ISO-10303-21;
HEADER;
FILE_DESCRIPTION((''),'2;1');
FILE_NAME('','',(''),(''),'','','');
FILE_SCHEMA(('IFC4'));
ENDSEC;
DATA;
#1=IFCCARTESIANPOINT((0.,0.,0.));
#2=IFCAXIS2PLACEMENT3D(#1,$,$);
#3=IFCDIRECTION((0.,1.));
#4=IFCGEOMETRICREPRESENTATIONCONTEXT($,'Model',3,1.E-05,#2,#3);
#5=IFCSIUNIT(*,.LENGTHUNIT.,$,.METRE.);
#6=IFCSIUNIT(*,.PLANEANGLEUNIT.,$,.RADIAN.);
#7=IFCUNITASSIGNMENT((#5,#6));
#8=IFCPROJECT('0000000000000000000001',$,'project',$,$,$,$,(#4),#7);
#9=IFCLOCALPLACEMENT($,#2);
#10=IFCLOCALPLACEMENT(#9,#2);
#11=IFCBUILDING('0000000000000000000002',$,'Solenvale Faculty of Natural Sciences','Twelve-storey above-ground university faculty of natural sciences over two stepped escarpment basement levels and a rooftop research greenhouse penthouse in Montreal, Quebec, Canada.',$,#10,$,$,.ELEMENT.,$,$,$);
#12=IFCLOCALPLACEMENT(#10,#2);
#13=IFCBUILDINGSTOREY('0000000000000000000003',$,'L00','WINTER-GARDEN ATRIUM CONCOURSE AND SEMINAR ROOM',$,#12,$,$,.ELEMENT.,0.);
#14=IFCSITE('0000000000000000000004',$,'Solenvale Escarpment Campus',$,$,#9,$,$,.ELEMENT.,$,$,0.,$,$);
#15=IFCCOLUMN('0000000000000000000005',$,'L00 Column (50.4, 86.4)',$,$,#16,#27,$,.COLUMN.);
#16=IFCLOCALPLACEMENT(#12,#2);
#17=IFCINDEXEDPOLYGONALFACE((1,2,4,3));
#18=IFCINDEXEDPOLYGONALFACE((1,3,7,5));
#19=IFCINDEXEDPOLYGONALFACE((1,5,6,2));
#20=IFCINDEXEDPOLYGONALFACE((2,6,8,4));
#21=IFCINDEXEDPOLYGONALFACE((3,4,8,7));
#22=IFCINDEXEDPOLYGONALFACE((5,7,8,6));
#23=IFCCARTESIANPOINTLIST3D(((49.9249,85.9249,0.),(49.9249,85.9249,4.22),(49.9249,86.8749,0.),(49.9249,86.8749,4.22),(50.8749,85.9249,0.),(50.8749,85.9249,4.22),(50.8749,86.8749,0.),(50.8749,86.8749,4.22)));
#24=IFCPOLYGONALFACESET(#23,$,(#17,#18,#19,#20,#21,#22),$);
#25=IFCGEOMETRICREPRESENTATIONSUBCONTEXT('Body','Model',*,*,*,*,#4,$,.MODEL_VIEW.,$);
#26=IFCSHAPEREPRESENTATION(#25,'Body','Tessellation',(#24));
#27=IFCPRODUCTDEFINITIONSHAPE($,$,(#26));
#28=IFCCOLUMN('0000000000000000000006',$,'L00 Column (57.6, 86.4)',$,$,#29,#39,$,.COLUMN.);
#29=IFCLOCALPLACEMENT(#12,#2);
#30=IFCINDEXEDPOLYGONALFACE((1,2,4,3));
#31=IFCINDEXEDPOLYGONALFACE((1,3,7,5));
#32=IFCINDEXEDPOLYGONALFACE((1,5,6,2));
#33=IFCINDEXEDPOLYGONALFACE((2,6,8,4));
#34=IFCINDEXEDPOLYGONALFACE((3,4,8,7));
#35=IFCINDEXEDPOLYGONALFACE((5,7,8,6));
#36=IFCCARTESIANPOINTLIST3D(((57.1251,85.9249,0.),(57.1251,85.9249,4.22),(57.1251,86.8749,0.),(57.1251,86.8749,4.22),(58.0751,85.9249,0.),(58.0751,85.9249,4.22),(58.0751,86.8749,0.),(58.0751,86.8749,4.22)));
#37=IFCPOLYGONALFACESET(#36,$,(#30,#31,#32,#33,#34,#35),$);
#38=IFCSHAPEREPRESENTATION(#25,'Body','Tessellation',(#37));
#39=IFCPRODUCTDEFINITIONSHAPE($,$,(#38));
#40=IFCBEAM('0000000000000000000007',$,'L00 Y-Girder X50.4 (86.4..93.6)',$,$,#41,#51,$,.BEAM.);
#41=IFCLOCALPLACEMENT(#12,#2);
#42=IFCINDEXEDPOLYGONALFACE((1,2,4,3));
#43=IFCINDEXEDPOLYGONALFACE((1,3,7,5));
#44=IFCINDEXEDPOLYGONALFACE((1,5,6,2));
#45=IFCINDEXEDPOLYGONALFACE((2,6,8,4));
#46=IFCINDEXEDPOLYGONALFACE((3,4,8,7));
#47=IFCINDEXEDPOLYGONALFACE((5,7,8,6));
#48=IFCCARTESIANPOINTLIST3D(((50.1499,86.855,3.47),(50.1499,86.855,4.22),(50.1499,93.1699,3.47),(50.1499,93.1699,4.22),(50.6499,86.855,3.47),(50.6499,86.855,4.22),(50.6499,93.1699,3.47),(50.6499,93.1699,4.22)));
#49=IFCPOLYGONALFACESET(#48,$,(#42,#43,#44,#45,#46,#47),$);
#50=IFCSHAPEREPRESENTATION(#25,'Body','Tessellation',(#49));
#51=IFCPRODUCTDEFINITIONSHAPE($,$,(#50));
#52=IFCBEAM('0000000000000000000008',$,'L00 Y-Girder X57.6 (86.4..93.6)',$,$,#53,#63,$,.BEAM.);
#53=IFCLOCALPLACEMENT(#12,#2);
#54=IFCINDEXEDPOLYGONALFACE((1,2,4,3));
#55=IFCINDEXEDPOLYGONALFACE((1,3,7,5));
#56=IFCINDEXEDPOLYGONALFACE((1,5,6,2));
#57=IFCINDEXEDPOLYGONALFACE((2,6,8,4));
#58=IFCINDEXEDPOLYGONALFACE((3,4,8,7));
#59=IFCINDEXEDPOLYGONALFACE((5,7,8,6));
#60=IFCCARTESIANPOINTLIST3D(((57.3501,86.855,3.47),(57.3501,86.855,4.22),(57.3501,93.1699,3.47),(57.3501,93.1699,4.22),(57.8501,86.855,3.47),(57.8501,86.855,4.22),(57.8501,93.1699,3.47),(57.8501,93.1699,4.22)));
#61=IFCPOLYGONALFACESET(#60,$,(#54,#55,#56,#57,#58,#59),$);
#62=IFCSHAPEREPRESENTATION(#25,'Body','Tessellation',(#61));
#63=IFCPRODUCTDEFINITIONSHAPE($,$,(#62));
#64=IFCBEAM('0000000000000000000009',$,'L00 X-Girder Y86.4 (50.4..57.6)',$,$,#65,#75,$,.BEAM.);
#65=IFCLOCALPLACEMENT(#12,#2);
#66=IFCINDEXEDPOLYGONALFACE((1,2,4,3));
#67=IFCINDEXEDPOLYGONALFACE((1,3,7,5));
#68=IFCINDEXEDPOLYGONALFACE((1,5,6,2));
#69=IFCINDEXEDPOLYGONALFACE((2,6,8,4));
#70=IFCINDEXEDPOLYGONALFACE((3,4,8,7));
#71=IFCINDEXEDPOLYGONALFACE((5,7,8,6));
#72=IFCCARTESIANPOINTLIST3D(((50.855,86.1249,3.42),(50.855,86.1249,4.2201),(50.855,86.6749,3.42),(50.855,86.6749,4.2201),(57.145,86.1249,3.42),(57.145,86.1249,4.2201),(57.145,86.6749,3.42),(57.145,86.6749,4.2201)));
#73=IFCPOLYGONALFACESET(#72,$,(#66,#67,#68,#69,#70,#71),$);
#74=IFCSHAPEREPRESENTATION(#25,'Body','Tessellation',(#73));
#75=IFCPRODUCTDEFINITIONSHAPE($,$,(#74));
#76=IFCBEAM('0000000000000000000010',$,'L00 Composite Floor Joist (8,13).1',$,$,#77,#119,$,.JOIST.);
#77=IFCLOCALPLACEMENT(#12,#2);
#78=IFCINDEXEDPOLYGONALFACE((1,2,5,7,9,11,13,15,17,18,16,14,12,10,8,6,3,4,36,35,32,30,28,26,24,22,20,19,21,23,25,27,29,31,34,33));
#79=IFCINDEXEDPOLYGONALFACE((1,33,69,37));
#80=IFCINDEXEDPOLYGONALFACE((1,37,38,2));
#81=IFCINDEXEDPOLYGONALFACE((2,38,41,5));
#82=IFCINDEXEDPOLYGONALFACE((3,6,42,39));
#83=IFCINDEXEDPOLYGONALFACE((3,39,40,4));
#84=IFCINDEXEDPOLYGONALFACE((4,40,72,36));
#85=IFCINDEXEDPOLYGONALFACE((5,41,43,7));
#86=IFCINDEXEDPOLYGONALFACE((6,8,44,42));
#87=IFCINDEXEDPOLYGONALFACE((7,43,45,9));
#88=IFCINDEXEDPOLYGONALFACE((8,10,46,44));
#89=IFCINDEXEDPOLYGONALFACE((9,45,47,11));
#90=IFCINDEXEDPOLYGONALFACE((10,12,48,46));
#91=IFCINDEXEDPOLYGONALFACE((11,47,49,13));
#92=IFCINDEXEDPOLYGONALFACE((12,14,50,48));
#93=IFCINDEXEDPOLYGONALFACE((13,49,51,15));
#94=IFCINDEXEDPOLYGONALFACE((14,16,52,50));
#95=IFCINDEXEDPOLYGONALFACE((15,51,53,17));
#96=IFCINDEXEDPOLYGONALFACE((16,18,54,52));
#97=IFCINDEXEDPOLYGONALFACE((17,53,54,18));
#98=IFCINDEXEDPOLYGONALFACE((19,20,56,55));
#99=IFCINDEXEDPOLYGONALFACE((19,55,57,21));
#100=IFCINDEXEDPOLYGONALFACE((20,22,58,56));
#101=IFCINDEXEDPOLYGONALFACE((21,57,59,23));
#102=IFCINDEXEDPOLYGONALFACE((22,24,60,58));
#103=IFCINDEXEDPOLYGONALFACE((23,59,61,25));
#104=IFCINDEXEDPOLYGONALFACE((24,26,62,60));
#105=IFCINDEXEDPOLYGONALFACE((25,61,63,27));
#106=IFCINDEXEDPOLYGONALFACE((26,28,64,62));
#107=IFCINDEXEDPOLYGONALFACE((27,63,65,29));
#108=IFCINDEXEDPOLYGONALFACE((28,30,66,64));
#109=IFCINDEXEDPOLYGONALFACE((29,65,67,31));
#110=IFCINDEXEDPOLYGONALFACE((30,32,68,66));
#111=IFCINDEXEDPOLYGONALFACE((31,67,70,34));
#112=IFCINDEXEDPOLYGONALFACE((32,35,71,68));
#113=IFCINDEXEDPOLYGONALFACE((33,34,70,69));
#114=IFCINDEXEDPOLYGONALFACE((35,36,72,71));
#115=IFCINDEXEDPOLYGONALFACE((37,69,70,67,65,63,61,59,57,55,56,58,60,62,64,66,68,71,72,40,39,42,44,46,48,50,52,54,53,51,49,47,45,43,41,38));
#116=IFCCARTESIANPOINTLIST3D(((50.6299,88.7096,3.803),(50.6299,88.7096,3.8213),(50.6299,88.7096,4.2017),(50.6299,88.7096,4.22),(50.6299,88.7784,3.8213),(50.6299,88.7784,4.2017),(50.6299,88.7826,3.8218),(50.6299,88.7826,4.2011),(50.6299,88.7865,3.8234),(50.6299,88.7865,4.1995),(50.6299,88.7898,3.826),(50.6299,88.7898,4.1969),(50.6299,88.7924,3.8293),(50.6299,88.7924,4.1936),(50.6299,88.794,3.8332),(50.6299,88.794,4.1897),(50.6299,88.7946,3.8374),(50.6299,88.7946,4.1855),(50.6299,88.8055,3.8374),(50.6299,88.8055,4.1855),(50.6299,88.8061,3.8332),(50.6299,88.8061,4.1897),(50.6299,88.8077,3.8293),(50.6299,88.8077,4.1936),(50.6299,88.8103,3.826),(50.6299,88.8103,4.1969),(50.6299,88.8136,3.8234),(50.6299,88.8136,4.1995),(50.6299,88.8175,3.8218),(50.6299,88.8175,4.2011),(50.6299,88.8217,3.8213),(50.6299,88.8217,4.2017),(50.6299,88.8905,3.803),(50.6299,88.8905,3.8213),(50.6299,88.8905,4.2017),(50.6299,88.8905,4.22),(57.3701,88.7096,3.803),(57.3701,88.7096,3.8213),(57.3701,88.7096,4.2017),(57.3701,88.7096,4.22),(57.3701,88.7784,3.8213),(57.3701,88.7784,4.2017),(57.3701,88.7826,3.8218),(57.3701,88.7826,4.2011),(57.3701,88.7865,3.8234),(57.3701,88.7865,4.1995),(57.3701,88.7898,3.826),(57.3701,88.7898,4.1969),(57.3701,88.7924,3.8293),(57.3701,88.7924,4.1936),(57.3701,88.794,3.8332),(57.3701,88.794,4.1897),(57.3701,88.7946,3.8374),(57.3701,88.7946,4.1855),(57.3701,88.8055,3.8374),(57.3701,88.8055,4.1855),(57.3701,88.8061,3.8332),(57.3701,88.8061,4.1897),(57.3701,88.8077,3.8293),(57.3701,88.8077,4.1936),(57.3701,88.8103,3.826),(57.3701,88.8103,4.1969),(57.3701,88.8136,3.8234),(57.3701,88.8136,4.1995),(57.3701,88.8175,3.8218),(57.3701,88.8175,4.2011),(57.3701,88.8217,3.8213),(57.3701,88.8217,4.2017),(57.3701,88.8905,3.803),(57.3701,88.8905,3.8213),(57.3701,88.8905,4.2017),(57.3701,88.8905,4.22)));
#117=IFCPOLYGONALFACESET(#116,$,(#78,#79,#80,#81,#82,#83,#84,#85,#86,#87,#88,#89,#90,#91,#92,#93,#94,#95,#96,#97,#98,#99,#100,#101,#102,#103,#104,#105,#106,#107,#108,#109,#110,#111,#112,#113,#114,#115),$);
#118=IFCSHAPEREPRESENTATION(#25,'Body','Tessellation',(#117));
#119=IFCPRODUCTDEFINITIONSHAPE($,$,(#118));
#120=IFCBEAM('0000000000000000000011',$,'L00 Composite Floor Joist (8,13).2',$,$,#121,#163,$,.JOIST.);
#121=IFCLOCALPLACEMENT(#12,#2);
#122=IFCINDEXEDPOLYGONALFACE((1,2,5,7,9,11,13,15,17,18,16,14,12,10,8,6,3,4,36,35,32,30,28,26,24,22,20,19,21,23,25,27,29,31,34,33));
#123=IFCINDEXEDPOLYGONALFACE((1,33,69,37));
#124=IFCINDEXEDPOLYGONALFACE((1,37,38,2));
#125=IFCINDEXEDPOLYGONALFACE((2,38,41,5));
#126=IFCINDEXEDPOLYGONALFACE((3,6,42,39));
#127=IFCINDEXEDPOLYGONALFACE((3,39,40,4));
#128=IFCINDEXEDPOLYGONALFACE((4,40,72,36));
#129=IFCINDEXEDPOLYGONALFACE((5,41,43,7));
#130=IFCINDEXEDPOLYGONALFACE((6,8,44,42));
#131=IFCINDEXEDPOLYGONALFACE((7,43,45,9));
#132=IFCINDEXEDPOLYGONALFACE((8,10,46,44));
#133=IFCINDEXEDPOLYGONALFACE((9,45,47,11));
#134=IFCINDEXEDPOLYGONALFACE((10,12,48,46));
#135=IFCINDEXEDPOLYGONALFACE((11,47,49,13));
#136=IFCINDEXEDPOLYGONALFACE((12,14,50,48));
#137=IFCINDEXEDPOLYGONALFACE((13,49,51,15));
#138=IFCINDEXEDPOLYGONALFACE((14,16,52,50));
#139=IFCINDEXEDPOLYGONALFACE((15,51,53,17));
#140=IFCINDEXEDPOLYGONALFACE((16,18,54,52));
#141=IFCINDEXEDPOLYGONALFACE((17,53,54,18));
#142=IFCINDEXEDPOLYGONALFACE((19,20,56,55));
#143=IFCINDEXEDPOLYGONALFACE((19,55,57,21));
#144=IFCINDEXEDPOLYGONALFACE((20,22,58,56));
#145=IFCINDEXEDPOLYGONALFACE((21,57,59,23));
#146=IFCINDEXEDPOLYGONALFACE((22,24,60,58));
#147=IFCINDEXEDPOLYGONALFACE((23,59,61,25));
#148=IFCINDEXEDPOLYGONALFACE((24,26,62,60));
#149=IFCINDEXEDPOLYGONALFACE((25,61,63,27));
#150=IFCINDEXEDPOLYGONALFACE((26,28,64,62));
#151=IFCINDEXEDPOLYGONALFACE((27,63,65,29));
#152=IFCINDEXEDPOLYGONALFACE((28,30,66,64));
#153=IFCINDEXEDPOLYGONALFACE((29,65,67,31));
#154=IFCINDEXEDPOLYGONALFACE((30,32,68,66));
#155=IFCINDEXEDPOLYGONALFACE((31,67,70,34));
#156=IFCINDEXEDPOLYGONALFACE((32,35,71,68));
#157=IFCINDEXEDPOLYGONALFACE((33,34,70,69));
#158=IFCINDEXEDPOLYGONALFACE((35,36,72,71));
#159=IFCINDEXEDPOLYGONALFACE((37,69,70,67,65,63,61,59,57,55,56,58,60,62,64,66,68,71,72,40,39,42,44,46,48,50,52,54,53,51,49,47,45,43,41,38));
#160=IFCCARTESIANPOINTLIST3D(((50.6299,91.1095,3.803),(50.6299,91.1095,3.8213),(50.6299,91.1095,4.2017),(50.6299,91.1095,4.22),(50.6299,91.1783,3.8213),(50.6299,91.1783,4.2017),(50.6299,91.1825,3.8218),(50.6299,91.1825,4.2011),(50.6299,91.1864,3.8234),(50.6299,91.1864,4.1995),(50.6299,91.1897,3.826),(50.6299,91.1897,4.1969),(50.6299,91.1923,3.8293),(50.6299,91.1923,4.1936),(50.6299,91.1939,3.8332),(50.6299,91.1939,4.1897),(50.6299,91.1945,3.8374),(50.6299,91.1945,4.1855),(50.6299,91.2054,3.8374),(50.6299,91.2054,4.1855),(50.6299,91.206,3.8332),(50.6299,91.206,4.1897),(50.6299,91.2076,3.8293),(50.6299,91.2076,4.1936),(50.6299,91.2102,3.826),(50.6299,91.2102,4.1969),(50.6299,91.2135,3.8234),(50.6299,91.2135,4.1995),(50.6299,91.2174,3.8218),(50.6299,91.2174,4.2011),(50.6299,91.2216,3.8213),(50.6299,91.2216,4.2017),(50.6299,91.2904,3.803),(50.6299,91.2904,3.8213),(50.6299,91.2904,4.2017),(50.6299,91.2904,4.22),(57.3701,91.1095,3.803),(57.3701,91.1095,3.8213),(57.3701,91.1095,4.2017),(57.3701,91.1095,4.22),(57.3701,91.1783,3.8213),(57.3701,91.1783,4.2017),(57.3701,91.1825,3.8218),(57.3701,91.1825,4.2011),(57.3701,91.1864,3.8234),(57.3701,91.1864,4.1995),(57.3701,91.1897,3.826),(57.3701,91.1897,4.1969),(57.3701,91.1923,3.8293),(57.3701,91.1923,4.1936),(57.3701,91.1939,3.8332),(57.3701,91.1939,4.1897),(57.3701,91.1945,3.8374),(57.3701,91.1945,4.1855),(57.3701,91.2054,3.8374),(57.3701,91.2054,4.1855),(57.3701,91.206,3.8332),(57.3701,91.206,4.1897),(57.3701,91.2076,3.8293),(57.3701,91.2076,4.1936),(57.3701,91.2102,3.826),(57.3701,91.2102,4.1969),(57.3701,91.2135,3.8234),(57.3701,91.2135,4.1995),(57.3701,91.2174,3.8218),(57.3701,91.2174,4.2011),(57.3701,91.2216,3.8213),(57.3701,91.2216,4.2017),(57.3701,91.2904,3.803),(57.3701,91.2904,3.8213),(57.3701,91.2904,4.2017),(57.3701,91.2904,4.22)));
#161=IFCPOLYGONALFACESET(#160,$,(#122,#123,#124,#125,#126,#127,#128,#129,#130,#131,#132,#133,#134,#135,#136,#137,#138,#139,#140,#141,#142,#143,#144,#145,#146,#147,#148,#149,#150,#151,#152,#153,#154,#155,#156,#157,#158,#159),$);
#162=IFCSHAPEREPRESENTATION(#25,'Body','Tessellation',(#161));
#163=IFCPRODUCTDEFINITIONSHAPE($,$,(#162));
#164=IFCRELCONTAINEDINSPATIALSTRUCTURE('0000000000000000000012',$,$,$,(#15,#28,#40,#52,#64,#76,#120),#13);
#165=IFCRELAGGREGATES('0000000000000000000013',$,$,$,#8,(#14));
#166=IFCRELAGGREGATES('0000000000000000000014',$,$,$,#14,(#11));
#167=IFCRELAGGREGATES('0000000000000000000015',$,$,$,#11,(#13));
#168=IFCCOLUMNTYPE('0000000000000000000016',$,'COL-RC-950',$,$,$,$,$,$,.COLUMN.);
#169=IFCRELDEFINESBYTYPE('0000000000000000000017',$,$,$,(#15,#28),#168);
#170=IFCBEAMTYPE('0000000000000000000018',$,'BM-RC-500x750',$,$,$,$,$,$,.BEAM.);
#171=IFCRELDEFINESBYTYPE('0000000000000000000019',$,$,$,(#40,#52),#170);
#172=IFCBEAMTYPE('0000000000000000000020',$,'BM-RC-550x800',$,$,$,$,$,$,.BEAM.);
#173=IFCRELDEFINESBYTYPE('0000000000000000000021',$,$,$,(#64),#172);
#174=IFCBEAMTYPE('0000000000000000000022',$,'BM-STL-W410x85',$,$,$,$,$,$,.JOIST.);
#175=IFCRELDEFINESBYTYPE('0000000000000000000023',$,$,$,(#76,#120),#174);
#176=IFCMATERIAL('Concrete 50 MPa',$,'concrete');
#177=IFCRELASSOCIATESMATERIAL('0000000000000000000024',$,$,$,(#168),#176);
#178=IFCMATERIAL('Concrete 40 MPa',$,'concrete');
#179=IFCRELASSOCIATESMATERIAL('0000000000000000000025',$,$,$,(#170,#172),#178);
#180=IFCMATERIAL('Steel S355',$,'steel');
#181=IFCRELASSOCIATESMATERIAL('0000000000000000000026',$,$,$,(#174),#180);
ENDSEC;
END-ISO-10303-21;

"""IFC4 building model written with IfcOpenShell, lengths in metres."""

from ifc_helpers import new_model, si_unit, direction, frame, origin, origin_2d, place, context, subcontext, project, spatial, rectangle, i_section, extrude, material, material_profile, profile_set, type_object, element, save


model = new_model("IFC4")

# Units and contexts
model_context = context("Model", 3, precision=1e-05, world=origin(), true_north=direction((0.0, 1.0)))
body_context = subcontext(model_context, "Body", "Model", "MODEL_VIEW")
ifc_project = project(units=[si_unit("LENGTHUNIT", "METRE"), si_unit("PLANEANGLEUNIT", "RADIAN")], contexts=[model_context])

# Site, building, storey
site_placement = place(None, origin())
site = spatial("IfcSite", under=ifc_project, at=site_placement, Name="Solenvale Escarpment Campus", CompositionType="ELEMENT", RefElevation=0.0)
building_placement = place(site_placement, origin())
building = spatial("IfcBuilding", under=site, at=building_placement, Name="Solenvale Faculty of Natural Sciences", Description="Twelve-storey above-ground university faculty of natural sciences over two stepped escarpment basement levels and a rooftop research greenhouse penthouse in Montreal, Quebec, Canada.", CompositionType="ELEMENT")
storey_placement = place(building_placement, origin())
storey = spatial("IfcBuildingStorey", under=building, at=storey_placement, Name="L00", Description="WINTER-GARDEN ATRIUM CONCOURSE AND SEMINAR ROOM", CompositionType="ELEMENT", Elevation=0.0)

# Columns
ifc_material_1 = material(Name="Concrete 50 MPa", Category="concrete")
ifc_material_profile_1 = material_profile(ifc_material_1, rectangle(XDim=0.95, YDim=0.95, at=origin_2d()), Name="RC-COL-950x950")
ifc_profile_set_1 = profile_set([ifc_material_profile_1], Name="Concrete 50 MPa")
column_type = type_object("IfcColumnType", Name="COL-RC-950", PredefinedType="COLUMN", material=ifc_profile_set_1)
for number, where, z_axis, x_axis, name in (
    (1, (50.3999, 86.3999, 0.0), (0.0, 0.0, 1.0), (1.0, 0.0, 0.0), "L00 Column (50.4, 86.4)"),
    (2, (57.6001, 86.3999, 0.0), (0.0, 0.0, 1.0), (1.0, 0.0, 0.0), "L00 Column (57.6, 86.4)"),
):
    element("IfcColumn", number, at=place(storey_placement, frame(where, z_axis=z_axis, x_axis=x_axis)), inside=storey, type_object=column_type, Name=name, PredefinedType="COLUMN", context=body_context, shape_type="SweptSolid", body=[
        extrude(rectangle(XDim=0.95, YDim=0.95, at=origin_2d()), origin(), (0.0, 0.0, 1.0), 4.22),
    ])

# Beams
ifc_material_2 = material(Name="Concrete 40 MPa", Category="concrete")
ifc_material_profile_2 = material_profile(ifc_material_2, rectangle(XDim=0.5, YDim=0.75, at=origin_2d()), Name="RC-BM-500x750")
ifc_profile_set_2 = profile_set([ifc_material_profile_2], Name="Concrete 40 MPa")
beam_type_1 = type_object("IfcBeamType", Name="BM-RC-500x750", PredefinedType="BEAM", material=ifc_profile_set_2)
for number, where, z_axis, x_axis, name in (
    (3, (50.3999, 86.855, 3.845), (0.0, 1.0, 0.0), (-1.0, 0.0, 0.0), "L00 Y-Girder X50.4 (86.4..93.6)"),
    (4, (57.6001, 86.855, 3.845), (0.0, 1.0, 0.0), (-1.0, 0.0, 0.0), "L00 Y-Girder X57.6 (86.4..93.6)"),
):
    element("IfcBeam", number, at=place(storey_placement, frame(where, z_axis=z_axis, x_axis=x_axis)), inside=storey, type_object=beam_type_1, Name=name, PredefinedType="BEAM", context=body_context, shape_type="SweptSolid", body=[
        extrude(rectangle(XDim=0.5, YDim=0.75, at=origin_2d()), origin(), (0.0, 0.0, 1.0), 6.3149),
    ])
ifc_material_profile_3 = material_profile(ifc_material_2, rectangle(XDim=0.55, YDim=0.8, at=origin_2d()), Name="RC-BM-550x800")
ifc_profile_set_3 = profile_set([ifc_material_profile_3], Name="Concrete 40 MPa")
beam_type_2 = type_object("IfcBeamType", Name="BM-RC-550x800", PredefinedType="BEAM", material=ifc_profile_set_3)
beam_1_placement = place(storey_placement, frame((50.855, 86.3999, 3.8201), z_axis=(1.0, 0.0, 0.0), x_axis=(0.0, 1.0, 0.0)))
element("IfcBeam", 5, at=beam_1_placement, inside=storey, type_object=beam_type_2, Name="L00 X-Girder Y86.4 (50.4..57.6)", PredefinedType="BEAM", context=body_context, shape_type="SweptSolid", body=[
    extrude(rectangle(XDim=0.55, YDim=0.8, at=origin_2d()), origin(), (0.0, 0.0, 1.0), 6.29),
])
ifc_material_3 = material(Name="Steel S355", Category="steel")
ifc_material_profile_4 = material_profile(ifc_material_3, i_section(OverallWidth=0.1809, OverallDepth=0.417, WebThickness=0.011, FlangeThickness=0.0183, FilletRadius=0.0161, at=origin_2d()), Name="W410x85")
ifc_profile_set_4 = profile_set([ifc_material_profile_4], Name="Steel S355")
beam_type_3 = type_object("IfcBeamType", Name="BM-STL-W410x85", PredefinedType="JOIST", material=ifc_profile_set_4)
for number, where, z_axis, x_axis, name in (
    (6, (50.6299, 88.8, 4.0115), (1.0, 0.0, 0.0), (0.0, 1.0, 0.0), "L00 Composite Floor Joist (8,13).1"),
    (7, (50.6299, 91.2, 4.0115), (1.0, 0.0, 0.0), (0.0, 1.0, 0.0), "L00 Composite Floor Joist (8,13).2"),
):
    element("IfcBeam", number, at=place(storey_placement, frame(where, z_axis=z_axis, x_axis=x_axis)), inside=storey, type_object=beam_type_3, Name=name, PredefinedType="JOIST", context=body_context, shape_type="SweptSolid", body=[
        extrude(i_section(OverallWidth=0.1809, OverallDepth=0.417, WebThickness=0.011, FlangeThickness=0.0183, FilletRadius=0.0161, at=origin_2d()), origin(), (0.0, 0.0, 1.0), 6.7402),
    ])

save(model, "model.ifc")
